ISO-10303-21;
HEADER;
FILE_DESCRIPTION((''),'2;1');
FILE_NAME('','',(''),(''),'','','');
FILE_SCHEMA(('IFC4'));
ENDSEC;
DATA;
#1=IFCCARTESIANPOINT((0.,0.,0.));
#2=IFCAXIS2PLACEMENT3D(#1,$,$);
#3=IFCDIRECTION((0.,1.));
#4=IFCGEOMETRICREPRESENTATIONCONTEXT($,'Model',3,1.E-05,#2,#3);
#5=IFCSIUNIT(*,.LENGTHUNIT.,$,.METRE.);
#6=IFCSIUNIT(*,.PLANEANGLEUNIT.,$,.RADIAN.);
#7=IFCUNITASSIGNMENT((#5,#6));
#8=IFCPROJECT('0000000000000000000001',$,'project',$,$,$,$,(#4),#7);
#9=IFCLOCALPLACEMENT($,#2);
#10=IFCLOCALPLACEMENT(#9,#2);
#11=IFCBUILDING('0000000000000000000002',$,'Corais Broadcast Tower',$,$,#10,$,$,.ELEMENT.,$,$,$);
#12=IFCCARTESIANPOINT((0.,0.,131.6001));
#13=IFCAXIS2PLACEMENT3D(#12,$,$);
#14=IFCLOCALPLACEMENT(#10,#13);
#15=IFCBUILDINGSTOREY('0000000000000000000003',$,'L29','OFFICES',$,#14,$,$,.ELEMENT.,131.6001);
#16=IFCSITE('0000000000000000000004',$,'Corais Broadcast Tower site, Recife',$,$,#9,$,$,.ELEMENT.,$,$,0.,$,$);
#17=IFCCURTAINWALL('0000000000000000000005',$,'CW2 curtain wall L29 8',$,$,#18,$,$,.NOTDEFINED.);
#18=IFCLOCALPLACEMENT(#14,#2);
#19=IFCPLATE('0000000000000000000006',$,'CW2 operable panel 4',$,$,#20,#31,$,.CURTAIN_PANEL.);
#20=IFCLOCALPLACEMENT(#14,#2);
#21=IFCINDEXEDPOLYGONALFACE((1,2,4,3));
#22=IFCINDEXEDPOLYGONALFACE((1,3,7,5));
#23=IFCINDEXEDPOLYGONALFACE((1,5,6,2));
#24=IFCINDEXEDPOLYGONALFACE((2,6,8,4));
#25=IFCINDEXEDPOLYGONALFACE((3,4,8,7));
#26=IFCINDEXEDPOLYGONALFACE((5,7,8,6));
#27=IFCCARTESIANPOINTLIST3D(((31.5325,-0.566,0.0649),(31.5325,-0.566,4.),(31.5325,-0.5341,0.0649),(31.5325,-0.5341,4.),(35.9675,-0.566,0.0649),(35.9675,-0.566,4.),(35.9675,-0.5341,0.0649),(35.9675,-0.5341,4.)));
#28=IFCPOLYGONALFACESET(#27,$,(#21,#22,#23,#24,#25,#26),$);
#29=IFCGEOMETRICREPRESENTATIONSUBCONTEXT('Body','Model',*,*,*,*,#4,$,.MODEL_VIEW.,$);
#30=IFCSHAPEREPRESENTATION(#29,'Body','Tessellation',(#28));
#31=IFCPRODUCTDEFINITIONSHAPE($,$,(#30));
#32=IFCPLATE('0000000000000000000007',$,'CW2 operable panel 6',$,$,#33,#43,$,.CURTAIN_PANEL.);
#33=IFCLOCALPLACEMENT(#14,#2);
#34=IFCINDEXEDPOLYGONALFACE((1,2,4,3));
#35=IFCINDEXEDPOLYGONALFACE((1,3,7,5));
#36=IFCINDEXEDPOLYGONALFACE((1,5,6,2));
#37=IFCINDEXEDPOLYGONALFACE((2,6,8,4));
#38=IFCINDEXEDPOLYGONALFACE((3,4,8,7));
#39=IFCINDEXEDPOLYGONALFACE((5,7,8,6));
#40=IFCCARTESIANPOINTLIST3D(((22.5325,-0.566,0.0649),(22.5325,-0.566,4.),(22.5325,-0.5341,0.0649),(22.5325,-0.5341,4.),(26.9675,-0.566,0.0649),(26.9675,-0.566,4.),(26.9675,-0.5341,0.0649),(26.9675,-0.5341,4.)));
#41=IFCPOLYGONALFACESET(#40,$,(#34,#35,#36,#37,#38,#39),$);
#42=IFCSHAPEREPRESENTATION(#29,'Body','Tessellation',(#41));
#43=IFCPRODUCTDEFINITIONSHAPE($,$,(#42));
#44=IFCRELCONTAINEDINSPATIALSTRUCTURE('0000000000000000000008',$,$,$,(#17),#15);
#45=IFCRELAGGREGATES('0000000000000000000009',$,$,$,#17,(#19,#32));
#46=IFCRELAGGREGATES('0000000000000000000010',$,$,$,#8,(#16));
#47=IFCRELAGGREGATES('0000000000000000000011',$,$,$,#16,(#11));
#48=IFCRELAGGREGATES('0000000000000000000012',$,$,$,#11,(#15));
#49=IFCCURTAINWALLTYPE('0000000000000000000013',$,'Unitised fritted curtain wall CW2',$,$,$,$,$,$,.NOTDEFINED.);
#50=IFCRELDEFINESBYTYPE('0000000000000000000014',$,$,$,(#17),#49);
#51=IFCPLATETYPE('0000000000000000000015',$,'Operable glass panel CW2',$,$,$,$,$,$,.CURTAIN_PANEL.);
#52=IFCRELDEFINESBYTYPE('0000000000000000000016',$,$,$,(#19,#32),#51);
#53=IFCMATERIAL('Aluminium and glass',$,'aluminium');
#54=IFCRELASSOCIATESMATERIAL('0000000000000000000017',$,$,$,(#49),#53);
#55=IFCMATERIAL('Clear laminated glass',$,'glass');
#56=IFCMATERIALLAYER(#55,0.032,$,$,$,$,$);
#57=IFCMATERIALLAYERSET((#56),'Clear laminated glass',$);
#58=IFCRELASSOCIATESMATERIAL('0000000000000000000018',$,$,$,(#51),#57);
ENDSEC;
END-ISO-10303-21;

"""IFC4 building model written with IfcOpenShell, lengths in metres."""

from ifc_helpers import new_model, si_unit, direction, frame, origin, origin_2d, place, context, subcontext, project, spatial, rectangle, extrude, material, layer, layer_set, type_object, element, aggregate, save


model = new_model("IFC4")

# Units and contexts
model_context = context("Model", 3, precision=1e-05, world=origin(), true_north=direction((0.0, 1.0)))
body_context = subcontext(model_context, "Body", "Model", "MODEL_VIEW")
ifc_project = project(units=[si_unit("LENGTHUNIT", "METRE"), si_unit("PLANEANGLEUNIT", "RADIAN")], contexts=[model_context])

# Site, building, storey
site_placement = place(None, origin())
site = spatial("IfcSite", under=ifc_project, at=site_placement, Name="Corais Broadcast Tower site, Recife", CompositionType="ELEMENT", RefElevation=0.0)
building_placement = place(site_placement, origin())
building = spatial("IfcBuilding", under=site, at=building_placement, Name="Corais Broadcast Tower", CompositionType="ELEMENT")
storey_placement = place(building_placement, frame((0.0, 0.0, 131.6001)))
storey = spatial("IfcBuildingStorey", under=building, at=storey_placement, Name="L29", Description="OFFICES", CompositionType="ELEMENT", Elevation=131.6001)

# Curtain wall
ifc_material_1 = material(Name="Aluminium and glass", Category="aluminium")
curtain_wall_type = type_object("IfcCurtainWallType", Name="Unitised fritted curtain wall CW2", PredefinedType="NOTDEFINED", material=ifc_material_1)
curtain_wall_placement = place(storey_placement, origin())
curtain_wall = element("IfcCurtainWall", 1, at=curtain_wall_placement, inside=storey, type_object=curtain_wall_type, Name="CW2 curtain wall L29 8", PredefinedType="NOTDEFINED")

# Plates
ifc_material_2 = material(Name="Clear laminated glass", Category="glass")
ifc_layer_1 = layer(ifc_material_2, 0.032)
ifc_layer_set_1 = layer_set([ifc_layer_1], Name="Clear laminated glass")
plate_type_1 = type_object("IfcPlateType", Name="Operable glass panel CW2", PredefinedType="CURTAIN_PANEL", material=ifc_layer_set_1)
plate_1_placement = place(storey_placement, frame((33.75, -0.55, 0.0649), z_axis=(0.0, 0.0, 1.0), x_axis=(-1.0, 0.0, 0.0)))
plate_1 = element("IfcPlate", 2, at=plate_1_placement, type_object=plate_type_1, Name="CW2 operable panel 4", PredefinedType="CURTAIN_PANEL", context=body_context, shape_type="SweptSolid", body=[
    extrude(rectangle(XDim=4.4351, YDim=0.032, at=origin_2d()), origin(), (0.0, 0.0, 1.0), 3.9351),
])
plate_2_placement = place(storey_placement, frame((24.75, -0.55, 0.0649), z_axis=(0.0, 0.0, 1.0), x_axis=(-1.0, 0.0, 0.0)))
plate_2 = element("IfcPlate", 3, at=plate_2_placement, type_object=plate_type_1, Name="CW2 operable panel 6", PredefinedType="CURTAIN_PANEL", context=body_context, shape_type="SweptSolid", body=[
    extrude(rectangle(XDim=4.4351, YDim=0.032, at=origin_2d()), origin(), (0.0, 0.0, 1.0), 3.9351),
])
aggregate(curtain_wall, [plate_1, plate_2])

save(model, "model.ifc")
